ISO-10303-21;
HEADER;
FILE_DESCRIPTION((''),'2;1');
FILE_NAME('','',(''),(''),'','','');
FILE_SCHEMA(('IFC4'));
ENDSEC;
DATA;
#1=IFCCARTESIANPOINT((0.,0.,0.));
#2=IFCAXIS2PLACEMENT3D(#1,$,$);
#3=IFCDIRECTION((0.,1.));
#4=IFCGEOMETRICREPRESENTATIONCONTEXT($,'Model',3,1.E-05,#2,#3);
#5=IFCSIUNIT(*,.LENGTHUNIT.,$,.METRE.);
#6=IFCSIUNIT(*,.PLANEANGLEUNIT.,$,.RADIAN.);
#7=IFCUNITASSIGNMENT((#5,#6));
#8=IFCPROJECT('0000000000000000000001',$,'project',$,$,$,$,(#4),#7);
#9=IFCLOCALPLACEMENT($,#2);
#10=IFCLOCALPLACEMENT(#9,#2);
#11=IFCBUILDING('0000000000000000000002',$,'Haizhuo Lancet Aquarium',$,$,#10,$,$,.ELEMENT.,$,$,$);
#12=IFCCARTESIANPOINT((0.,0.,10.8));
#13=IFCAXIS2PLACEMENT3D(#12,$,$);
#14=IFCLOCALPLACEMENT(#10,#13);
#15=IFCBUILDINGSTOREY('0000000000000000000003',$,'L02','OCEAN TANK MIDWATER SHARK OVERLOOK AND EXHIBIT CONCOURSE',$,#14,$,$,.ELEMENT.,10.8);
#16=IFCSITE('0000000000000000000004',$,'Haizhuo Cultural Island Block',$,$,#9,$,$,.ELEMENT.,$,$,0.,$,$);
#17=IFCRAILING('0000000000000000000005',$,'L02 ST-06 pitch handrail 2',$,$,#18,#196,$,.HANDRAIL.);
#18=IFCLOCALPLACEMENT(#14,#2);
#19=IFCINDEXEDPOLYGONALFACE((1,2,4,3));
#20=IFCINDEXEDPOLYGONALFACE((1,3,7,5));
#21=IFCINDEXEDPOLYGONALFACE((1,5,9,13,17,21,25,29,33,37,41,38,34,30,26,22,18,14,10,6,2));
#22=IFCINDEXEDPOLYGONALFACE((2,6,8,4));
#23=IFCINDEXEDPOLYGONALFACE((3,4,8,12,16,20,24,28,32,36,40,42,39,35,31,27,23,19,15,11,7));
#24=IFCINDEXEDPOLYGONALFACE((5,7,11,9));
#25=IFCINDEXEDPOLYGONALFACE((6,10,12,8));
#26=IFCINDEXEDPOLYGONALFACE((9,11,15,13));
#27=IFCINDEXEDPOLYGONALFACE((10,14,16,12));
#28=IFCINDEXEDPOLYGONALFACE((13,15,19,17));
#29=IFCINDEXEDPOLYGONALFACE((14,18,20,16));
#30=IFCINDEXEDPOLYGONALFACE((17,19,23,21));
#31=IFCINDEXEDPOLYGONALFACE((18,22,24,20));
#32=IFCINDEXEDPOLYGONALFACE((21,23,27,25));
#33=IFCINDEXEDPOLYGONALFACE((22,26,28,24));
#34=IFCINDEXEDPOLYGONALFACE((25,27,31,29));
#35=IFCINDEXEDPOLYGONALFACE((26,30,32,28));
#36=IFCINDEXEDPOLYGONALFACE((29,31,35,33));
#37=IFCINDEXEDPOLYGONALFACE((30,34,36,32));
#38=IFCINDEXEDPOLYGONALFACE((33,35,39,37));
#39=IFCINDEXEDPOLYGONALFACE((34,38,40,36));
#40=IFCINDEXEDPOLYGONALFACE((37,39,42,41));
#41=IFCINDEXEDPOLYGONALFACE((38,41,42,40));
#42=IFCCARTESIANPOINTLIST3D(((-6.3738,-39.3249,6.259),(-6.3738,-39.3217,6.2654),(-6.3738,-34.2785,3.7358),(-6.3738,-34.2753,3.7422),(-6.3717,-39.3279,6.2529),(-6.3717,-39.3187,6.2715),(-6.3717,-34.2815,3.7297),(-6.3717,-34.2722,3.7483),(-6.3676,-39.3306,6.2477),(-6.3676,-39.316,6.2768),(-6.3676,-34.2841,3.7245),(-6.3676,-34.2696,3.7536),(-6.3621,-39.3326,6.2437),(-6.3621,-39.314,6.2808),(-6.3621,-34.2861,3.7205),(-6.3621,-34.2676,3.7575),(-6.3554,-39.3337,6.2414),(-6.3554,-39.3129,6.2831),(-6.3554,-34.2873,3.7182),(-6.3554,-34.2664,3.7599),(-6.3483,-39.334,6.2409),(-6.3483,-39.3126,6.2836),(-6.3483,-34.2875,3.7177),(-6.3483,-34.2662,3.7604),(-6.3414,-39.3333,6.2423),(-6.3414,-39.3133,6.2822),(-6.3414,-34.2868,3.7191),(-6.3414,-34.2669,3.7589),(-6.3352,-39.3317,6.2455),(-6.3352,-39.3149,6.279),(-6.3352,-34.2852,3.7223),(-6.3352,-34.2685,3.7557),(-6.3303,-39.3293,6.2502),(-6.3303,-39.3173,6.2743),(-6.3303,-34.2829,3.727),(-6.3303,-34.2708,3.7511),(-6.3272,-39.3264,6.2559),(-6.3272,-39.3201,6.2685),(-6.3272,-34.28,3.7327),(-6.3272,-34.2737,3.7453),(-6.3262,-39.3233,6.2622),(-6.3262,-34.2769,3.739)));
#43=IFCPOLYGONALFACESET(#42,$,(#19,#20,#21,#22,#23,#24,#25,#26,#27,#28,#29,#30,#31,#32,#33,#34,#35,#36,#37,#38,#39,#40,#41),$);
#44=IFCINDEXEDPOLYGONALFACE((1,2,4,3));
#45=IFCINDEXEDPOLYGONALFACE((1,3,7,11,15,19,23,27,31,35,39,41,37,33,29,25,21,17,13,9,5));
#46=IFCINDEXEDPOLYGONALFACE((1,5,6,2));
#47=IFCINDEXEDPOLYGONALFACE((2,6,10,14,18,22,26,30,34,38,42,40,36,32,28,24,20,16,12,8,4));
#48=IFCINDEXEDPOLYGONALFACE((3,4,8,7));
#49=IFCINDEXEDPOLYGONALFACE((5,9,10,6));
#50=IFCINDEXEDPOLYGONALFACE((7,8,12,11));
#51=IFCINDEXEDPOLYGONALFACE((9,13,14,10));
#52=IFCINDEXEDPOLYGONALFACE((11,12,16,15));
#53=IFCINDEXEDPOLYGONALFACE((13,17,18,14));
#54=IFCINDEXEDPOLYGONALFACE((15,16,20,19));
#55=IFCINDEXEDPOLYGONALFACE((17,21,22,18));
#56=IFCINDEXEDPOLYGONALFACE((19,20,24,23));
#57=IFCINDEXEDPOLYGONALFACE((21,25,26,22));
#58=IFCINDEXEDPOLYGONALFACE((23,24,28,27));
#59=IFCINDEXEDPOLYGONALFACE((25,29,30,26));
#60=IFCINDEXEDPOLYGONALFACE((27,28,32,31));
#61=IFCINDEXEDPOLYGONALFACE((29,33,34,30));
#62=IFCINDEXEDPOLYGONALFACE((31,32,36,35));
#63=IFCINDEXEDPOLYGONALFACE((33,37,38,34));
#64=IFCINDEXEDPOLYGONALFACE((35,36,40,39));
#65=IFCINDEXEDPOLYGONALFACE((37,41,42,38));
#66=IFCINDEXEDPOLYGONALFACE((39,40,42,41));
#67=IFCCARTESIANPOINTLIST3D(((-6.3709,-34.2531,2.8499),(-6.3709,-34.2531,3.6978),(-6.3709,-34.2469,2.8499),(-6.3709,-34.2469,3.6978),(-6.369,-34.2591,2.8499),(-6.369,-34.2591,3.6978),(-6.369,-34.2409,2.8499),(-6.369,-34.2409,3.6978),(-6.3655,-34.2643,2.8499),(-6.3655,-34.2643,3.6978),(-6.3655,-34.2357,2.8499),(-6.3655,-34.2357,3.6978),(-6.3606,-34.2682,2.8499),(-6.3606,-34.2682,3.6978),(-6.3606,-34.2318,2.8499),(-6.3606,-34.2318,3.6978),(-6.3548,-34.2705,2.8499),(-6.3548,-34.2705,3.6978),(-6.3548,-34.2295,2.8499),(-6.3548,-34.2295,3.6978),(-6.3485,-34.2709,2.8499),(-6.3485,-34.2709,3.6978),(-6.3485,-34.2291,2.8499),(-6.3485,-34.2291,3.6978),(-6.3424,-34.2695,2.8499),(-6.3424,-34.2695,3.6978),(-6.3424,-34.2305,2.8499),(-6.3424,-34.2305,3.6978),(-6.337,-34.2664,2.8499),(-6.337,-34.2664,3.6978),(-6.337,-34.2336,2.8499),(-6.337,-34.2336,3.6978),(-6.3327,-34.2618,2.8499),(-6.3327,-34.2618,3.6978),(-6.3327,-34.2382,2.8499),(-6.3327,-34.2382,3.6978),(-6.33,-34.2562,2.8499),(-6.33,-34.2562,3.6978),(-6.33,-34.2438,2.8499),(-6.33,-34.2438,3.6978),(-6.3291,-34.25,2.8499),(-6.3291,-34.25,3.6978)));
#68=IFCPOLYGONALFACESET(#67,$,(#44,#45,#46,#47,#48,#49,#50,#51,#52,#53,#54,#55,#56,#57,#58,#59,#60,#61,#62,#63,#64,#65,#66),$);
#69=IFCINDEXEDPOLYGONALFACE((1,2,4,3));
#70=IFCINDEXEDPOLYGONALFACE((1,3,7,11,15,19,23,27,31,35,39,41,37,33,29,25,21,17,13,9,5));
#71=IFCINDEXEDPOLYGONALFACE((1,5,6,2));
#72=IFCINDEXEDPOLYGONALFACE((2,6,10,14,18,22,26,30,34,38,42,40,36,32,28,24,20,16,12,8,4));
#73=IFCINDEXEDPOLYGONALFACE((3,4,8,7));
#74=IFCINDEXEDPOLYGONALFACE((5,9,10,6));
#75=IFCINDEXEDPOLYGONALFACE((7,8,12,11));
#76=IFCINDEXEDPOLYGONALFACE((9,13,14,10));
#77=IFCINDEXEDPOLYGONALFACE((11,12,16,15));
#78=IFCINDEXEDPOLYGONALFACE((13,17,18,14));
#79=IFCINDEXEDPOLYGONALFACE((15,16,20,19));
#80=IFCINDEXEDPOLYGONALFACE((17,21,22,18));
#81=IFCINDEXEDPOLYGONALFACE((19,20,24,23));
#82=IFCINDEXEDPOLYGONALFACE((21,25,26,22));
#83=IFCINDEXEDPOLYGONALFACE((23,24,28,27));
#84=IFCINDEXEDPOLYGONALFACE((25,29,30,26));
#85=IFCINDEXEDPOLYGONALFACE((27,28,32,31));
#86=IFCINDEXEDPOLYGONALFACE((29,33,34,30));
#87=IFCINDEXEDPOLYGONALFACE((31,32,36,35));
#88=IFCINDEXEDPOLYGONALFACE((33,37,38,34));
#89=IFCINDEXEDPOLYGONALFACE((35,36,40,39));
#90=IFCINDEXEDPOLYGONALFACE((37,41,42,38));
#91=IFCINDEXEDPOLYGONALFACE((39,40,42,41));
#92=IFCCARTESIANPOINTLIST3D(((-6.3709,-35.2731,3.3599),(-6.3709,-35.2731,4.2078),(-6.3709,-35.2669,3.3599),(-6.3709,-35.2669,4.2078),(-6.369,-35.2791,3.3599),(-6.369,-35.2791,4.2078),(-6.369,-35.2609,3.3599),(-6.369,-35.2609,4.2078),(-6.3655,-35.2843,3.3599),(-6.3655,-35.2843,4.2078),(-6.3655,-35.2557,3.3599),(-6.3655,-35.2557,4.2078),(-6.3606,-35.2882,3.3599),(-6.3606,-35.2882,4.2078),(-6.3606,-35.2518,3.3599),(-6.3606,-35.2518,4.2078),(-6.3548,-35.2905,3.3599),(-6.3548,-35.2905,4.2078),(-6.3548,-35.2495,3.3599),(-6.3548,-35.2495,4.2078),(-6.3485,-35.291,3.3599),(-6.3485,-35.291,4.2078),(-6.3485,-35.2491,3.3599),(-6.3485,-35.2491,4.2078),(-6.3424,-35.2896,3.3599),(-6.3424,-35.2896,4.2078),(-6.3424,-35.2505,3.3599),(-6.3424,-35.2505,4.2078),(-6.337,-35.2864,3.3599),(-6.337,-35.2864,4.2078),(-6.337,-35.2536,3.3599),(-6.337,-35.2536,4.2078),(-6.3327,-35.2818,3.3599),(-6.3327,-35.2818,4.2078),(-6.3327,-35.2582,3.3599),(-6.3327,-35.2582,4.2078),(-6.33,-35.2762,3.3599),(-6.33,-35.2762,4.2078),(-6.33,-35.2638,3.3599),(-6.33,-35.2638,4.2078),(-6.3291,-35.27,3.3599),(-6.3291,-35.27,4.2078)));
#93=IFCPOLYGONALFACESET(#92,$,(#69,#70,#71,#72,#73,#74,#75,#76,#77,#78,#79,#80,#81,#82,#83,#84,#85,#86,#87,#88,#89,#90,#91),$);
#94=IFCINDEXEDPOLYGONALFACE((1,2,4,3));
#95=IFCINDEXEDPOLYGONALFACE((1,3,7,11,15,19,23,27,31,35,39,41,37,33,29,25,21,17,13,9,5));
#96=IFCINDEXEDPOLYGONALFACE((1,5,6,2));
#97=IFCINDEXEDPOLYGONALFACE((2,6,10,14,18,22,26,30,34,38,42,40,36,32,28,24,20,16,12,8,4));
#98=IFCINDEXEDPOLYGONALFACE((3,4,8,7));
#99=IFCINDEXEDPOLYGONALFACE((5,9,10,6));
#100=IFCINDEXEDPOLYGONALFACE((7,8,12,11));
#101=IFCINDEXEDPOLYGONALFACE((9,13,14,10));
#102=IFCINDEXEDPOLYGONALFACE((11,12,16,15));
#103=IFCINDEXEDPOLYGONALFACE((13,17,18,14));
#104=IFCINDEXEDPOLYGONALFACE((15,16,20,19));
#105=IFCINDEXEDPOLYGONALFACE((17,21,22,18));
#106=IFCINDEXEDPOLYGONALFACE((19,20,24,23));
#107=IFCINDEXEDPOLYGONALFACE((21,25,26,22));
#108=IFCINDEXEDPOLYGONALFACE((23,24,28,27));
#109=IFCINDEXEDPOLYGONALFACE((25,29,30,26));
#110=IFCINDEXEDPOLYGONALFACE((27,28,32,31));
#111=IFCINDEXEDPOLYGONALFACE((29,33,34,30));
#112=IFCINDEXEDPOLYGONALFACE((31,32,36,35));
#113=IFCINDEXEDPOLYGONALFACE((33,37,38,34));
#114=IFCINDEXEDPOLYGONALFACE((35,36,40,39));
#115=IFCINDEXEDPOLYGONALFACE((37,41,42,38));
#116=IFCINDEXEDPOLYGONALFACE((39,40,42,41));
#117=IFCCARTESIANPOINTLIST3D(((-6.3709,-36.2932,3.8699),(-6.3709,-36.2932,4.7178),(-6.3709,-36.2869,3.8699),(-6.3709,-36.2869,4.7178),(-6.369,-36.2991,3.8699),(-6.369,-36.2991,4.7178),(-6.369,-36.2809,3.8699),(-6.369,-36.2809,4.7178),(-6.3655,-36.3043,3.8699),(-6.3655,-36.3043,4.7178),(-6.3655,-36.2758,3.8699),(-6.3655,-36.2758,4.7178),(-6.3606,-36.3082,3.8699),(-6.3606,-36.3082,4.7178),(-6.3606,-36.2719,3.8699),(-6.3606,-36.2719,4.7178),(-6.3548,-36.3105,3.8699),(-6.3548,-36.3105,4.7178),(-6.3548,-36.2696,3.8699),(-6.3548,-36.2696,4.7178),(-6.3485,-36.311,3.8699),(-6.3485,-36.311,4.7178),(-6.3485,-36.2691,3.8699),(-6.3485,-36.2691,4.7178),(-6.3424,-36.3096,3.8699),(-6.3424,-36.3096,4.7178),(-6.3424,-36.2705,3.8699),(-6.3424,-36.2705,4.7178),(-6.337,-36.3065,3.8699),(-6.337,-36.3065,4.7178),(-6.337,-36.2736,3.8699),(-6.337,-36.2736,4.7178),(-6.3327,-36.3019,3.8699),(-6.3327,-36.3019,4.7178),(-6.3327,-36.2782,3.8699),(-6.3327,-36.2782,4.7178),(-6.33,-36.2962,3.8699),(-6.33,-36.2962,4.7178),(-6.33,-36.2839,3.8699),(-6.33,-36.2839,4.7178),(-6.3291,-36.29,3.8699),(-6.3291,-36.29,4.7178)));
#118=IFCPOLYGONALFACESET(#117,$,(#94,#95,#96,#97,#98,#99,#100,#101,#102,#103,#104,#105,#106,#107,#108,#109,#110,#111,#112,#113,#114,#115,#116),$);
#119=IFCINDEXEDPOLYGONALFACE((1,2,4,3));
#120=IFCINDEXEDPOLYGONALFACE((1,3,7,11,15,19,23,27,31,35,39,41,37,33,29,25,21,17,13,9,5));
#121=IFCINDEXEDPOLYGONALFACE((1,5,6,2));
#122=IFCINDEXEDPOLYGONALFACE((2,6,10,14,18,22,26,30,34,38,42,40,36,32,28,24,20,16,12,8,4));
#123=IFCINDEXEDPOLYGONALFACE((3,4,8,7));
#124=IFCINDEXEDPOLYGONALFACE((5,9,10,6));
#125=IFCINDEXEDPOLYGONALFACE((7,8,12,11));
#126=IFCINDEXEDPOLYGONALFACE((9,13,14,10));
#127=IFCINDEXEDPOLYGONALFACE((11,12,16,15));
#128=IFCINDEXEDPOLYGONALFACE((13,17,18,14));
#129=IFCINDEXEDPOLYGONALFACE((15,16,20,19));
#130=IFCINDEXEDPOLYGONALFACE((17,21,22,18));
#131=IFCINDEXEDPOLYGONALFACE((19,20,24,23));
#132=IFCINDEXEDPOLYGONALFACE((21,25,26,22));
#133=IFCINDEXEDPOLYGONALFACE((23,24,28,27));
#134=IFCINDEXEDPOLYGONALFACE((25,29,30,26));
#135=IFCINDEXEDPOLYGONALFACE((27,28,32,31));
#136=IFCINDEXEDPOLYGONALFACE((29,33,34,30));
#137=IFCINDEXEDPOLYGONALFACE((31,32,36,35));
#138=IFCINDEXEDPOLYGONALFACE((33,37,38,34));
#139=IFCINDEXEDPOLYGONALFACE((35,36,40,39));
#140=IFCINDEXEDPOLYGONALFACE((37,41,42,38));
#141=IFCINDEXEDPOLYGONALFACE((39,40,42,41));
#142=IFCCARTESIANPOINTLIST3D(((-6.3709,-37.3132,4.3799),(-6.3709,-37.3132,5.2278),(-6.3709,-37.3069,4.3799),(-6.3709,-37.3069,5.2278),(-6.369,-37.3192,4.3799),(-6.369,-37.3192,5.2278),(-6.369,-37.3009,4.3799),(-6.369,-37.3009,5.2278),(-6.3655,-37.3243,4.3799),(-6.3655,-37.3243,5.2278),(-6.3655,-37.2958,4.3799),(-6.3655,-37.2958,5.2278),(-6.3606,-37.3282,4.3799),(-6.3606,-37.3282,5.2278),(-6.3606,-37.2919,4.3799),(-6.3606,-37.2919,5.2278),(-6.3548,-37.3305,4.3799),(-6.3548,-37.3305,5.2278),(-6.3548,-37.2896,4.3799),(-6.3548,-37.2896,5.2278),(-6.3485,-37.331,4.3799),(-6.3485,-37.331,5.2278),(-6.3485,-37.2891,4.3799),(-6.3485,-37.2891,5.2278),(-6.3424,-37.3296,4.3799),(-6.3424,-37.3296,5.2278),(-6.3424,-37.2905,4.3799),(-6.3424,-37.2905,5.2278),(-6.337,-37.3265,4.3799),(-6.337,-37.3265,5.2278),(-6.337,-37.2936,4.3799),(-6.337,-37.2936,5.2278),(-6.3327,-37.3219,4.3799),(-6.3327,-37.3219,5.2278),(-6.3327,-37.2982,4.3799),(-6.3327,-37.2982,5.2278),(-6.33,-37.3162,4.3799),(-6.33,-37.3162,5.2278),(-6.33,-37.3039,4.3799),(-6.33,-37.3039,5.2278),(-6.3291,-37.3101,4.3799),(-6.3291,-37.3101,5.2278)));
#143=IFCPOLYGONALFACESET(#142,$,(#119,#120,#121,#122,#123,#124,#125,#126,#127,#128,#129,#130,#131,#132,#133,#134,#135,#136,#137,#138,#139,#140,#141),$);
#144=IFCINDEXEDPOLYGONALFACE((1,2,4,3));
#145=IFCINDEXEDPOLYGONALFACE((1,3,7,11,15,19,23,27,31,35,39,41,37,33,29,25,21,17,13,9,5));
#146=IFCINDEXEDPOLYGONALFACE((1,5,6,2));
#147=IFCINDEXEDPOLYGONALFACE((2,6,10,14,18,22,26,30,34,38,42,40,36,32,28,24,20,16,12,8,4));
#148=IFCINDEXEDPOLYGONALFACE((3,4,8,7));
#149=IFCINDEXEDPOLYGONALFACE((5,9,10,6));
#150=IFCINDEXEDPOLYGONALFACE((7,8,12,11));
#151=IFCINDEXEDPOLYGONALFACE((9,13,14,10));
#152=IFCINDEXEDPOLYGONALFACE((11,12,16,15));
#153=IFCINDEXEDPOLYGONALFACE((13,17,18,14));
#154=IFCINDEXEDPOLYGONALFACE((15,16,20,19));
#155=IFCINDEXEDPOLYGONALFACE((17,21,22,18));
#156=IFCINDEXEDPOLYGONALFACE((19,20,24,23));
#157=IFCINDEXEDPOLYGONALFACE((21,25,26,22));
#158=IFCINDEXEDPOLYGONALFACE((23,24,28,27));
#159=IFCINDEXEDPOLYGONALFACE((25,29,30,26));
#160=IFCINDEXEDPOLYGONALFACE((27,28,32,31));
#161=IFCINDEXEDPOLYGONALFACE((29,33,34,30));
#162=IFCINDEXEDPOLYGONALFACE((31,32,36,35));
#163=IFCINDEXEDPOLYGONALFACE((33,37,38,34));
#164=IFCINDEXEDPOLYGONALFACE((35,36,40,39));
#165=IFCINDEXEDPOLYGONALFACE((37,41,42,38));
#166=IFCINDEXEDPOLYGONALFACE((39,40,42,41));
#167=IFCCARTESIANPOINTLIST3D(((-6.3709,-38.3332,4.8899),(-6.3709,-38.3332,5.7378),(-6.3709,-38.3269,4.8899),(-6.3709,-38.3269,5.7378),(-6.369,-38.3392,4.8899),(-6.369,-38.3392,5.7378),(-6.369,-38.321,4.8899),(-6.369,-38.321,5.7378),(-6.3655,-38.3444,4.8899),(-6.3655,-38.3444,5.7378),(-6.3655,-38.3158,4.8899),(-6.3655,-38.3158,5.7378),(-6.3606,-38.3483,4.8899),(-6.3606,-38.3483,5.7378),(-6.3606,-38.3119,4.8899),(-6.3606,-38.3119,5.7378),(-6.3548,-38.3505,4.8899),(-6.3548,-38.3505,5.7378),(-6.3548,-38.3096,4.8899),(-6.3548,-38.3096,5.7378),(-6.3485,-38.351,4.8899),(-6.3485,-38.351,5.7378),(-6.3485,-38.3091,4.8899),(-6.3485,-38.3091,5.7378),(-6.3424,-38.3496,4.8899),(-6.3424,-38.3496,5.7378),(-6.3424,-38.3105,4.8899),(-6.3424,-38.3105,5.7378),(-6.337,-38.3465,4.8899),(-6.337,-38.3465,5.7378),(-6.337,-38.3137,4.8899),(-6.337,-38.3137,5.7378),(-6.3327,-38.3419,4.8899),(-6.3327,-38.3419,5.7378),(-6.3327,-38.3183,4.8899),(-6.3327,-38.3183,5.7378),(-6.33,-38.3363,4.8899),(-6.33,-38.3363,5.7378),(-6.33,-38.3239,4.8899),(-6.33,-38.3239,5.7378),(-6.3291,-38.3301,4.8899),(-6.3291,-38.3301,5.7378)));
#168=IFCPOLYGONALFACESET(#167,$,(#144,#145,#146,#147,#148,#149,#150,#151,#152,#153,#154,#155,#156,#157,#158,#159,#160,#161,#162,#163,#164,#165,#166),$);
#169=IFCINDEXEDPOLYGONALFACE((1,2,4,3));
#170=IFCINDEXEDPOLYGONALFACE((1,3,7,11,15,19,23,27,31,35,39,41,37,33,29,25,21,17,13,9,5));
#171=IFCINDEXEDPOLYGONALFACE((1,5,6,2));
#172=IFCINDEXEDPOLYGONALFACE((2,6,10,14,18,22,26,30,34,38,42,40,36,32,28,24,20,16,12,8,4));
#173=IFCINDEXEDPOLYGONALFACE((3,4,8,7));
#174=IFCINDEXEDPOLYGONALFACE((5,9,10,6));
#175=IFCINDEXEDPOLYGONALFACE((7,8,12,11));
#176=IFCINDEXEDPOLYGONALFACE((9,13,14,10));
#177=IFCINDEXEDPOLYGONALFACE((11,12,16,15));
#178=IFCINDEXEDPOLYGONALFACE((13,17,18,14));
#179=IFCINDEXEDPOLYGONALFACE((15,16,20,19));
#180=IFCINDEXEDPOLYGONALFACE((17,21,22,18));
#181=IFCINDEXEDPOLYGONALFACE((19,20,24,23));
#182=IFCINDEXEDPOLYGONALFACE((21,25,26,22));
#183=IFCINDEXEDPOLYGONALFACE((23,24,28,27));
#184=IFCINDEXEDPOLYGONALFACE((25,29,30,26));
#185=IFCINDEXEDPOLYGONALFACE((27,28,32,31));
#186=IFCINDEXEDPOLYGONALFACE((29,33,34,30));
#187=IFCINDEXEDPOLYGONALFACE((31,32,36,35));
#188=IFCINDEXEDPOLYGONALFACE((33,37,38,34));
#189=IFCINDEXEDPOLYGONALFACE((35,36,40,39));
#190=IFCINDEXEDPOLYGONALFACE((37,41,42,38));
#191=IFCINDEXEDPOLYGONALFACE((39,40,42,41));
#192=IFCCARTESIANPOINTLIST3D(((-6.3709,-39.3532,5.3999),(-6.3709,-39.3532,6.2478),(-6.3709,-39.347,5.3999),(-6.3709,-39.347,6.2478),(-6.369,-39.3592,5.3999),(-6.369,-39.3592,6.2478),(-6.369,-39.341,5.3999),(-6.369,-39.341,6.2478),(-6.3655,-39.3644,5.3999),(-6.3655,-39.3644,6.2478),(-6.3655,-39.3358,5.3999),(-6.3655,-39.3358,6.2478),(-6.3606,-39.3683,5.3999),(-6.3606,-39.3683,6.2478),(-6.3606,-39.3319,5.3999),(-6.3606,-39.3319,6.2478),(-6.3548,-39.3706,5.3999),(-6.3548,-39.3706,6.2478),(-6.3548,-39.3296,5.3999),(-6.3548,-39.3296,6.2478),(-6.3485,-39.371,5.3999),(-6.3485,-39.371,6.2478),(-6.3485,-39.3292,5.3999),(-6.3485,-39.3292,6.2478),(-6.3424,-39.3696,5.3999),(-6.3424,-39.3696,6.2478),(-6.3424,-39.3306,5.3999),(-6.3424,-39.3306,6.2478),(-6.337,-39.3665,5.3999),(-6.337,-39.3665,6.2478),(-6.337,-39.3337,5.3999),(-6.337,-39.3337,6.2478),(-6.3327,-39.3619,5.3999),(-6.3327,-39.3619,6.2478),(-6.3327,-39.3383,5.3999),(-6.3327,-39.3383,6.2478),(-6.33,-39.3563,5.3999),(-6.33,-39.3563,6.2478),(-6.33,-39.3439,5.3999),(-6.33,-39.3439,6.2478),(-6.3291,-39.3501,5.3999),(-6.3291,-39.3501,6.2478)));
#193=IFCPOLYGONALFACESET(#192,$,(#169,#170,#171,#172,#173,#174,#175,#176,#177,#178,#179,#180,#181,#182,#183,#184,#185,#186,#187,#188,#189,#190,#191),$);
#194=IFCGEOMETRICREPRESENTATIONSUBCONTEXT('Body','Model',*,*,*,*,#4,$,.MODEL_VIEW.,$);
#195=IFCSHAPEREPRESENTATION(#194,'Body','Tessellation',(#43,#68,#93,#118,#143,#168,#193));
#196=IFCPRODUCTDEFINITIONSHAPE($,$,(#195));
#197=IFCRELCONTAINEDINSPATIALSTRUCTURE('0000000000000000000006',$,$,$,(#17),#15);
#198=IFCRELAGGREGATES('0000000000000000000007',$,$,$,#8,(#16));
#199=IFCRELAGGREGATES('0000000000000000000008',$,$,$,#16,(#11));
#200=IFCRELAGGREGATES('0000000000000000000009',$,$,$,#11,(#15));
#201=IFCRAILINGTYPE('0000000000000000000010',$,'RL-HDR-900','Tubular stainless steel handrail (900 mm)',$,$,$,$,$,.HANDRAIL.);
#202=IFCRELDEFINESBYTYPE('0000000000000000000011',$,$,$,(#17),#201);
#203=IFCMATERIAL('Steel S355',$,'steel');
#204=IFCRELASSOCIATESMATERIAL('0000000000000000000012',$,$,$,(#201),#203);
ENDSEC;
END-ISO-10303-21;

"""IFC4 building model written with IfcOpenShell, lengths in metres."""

from ifc_helpers import new_model, si_unit, direction, frame, origin, origin_2d, place, context, subcontext, project, spatial, circle, extrude, material, type_object, element, save


model = new_model("IFC4")

# Units and contexts
model_context = context("Model", 3, precision=1e-05, world=origin(), true_north=direction((0.0, 1.0)))
body_context = subcontext(model_context, "Body", "Model", "MODEL_VIEW")
ifc_project = project(units=[si_unit("LENGTHUNIT", "METRE"), si_unit("PLANEANGLEUNIT", "RADIAN")], contexts=[model_context])

# Site, building, storey
site_placement = place(None, origin())
site = spatial("IfcSite", under=ifc_project, at=site_placement, Name="Haizhuo Cultural Island Block", CompositionType="ELEMENT", RefElevation=0.0)
building_placement = place(site_placement, origin())
building = spatial("IfcBuilding", under=site, at=building_placement, Name="Haizhuo Lancet Aquarium", CompositionType="ELEMENT")
storey_placement = place(building_placement, frame((0.0, 0.0, 10.8)))
storey = spatial("IfcBuildingStorey", under=building, at=storey_placement, Name="L02", Description="OCEAN TANK MIDWATER SHARK OVERLOOK AND EXHIBIT CONCOURSE", CompositionType="ELEMENT", Elevation=10.8)

# Shared definitions
ifc_material_1 = material(Name="Steel S355", Category="steel")

# Railing
railing_type = type_object("IfcRailingType", Name="RL-HDR-900", Description="Tubular stainless steel handrail (900 mm)", PredefinedType="HANDRAIL", material=ifc_material_1)
railing_placement = place(storey_placement, frame((-6.3501, -34.25, 2.8499)))
element("IfcRailing", 1, at=railing_placement, inside=storey, type_object=railing_type, Name="L02 ST-06 pitch handrail 2", PredefinedType="HANDRAIL", context=body_context, shape_type="SweptSolid", body=[
    extrude(circle(Radius=0.0239, at=origin_2d()), frame((0.0, -0.0269, 0.8892), z_axis=(0.0, -0.894427, 0.447214), x_axis=(1.0, 0.0, 0.0)), (0.0, 0.0, 1.0), 5.6421),
    extrude(circle(Radius=0.021, at=origin_2d()), origin(), (0.0, 0.0, 1.0), 0.8479),
    extrude(circle(Radius=0.021, at=origin_2d()), frame((0.0, -1.02, 0.51)), (0.0, 0.0, 1.0), 0.8479),
    extrude(circle(Radius=0.021, at=origin_2d()), frame((0.0, -2.04, 1.02)), (0.0, 0.0, 1.0), 0.8479),
    extrude(circle(Radius=0.021, at=origin_2d()), frame((0.0, -3.0601, 1.53)), (0.0, 0.0, 1.0), 0.8479),
    extrude(circle(Radius=0.021, at=origin_2d()), frame((0.0, -4.0801, 2.04)), (0.0, 0.0, 1.0), 0.8479),
    extrude(circle(Radius=0.021, at=origin_2d()), frame((0.0, -5.1001, 2.55)), (0.0, 0.0, 1.0), 0.8479),
])

save(model, "model.ifc")
